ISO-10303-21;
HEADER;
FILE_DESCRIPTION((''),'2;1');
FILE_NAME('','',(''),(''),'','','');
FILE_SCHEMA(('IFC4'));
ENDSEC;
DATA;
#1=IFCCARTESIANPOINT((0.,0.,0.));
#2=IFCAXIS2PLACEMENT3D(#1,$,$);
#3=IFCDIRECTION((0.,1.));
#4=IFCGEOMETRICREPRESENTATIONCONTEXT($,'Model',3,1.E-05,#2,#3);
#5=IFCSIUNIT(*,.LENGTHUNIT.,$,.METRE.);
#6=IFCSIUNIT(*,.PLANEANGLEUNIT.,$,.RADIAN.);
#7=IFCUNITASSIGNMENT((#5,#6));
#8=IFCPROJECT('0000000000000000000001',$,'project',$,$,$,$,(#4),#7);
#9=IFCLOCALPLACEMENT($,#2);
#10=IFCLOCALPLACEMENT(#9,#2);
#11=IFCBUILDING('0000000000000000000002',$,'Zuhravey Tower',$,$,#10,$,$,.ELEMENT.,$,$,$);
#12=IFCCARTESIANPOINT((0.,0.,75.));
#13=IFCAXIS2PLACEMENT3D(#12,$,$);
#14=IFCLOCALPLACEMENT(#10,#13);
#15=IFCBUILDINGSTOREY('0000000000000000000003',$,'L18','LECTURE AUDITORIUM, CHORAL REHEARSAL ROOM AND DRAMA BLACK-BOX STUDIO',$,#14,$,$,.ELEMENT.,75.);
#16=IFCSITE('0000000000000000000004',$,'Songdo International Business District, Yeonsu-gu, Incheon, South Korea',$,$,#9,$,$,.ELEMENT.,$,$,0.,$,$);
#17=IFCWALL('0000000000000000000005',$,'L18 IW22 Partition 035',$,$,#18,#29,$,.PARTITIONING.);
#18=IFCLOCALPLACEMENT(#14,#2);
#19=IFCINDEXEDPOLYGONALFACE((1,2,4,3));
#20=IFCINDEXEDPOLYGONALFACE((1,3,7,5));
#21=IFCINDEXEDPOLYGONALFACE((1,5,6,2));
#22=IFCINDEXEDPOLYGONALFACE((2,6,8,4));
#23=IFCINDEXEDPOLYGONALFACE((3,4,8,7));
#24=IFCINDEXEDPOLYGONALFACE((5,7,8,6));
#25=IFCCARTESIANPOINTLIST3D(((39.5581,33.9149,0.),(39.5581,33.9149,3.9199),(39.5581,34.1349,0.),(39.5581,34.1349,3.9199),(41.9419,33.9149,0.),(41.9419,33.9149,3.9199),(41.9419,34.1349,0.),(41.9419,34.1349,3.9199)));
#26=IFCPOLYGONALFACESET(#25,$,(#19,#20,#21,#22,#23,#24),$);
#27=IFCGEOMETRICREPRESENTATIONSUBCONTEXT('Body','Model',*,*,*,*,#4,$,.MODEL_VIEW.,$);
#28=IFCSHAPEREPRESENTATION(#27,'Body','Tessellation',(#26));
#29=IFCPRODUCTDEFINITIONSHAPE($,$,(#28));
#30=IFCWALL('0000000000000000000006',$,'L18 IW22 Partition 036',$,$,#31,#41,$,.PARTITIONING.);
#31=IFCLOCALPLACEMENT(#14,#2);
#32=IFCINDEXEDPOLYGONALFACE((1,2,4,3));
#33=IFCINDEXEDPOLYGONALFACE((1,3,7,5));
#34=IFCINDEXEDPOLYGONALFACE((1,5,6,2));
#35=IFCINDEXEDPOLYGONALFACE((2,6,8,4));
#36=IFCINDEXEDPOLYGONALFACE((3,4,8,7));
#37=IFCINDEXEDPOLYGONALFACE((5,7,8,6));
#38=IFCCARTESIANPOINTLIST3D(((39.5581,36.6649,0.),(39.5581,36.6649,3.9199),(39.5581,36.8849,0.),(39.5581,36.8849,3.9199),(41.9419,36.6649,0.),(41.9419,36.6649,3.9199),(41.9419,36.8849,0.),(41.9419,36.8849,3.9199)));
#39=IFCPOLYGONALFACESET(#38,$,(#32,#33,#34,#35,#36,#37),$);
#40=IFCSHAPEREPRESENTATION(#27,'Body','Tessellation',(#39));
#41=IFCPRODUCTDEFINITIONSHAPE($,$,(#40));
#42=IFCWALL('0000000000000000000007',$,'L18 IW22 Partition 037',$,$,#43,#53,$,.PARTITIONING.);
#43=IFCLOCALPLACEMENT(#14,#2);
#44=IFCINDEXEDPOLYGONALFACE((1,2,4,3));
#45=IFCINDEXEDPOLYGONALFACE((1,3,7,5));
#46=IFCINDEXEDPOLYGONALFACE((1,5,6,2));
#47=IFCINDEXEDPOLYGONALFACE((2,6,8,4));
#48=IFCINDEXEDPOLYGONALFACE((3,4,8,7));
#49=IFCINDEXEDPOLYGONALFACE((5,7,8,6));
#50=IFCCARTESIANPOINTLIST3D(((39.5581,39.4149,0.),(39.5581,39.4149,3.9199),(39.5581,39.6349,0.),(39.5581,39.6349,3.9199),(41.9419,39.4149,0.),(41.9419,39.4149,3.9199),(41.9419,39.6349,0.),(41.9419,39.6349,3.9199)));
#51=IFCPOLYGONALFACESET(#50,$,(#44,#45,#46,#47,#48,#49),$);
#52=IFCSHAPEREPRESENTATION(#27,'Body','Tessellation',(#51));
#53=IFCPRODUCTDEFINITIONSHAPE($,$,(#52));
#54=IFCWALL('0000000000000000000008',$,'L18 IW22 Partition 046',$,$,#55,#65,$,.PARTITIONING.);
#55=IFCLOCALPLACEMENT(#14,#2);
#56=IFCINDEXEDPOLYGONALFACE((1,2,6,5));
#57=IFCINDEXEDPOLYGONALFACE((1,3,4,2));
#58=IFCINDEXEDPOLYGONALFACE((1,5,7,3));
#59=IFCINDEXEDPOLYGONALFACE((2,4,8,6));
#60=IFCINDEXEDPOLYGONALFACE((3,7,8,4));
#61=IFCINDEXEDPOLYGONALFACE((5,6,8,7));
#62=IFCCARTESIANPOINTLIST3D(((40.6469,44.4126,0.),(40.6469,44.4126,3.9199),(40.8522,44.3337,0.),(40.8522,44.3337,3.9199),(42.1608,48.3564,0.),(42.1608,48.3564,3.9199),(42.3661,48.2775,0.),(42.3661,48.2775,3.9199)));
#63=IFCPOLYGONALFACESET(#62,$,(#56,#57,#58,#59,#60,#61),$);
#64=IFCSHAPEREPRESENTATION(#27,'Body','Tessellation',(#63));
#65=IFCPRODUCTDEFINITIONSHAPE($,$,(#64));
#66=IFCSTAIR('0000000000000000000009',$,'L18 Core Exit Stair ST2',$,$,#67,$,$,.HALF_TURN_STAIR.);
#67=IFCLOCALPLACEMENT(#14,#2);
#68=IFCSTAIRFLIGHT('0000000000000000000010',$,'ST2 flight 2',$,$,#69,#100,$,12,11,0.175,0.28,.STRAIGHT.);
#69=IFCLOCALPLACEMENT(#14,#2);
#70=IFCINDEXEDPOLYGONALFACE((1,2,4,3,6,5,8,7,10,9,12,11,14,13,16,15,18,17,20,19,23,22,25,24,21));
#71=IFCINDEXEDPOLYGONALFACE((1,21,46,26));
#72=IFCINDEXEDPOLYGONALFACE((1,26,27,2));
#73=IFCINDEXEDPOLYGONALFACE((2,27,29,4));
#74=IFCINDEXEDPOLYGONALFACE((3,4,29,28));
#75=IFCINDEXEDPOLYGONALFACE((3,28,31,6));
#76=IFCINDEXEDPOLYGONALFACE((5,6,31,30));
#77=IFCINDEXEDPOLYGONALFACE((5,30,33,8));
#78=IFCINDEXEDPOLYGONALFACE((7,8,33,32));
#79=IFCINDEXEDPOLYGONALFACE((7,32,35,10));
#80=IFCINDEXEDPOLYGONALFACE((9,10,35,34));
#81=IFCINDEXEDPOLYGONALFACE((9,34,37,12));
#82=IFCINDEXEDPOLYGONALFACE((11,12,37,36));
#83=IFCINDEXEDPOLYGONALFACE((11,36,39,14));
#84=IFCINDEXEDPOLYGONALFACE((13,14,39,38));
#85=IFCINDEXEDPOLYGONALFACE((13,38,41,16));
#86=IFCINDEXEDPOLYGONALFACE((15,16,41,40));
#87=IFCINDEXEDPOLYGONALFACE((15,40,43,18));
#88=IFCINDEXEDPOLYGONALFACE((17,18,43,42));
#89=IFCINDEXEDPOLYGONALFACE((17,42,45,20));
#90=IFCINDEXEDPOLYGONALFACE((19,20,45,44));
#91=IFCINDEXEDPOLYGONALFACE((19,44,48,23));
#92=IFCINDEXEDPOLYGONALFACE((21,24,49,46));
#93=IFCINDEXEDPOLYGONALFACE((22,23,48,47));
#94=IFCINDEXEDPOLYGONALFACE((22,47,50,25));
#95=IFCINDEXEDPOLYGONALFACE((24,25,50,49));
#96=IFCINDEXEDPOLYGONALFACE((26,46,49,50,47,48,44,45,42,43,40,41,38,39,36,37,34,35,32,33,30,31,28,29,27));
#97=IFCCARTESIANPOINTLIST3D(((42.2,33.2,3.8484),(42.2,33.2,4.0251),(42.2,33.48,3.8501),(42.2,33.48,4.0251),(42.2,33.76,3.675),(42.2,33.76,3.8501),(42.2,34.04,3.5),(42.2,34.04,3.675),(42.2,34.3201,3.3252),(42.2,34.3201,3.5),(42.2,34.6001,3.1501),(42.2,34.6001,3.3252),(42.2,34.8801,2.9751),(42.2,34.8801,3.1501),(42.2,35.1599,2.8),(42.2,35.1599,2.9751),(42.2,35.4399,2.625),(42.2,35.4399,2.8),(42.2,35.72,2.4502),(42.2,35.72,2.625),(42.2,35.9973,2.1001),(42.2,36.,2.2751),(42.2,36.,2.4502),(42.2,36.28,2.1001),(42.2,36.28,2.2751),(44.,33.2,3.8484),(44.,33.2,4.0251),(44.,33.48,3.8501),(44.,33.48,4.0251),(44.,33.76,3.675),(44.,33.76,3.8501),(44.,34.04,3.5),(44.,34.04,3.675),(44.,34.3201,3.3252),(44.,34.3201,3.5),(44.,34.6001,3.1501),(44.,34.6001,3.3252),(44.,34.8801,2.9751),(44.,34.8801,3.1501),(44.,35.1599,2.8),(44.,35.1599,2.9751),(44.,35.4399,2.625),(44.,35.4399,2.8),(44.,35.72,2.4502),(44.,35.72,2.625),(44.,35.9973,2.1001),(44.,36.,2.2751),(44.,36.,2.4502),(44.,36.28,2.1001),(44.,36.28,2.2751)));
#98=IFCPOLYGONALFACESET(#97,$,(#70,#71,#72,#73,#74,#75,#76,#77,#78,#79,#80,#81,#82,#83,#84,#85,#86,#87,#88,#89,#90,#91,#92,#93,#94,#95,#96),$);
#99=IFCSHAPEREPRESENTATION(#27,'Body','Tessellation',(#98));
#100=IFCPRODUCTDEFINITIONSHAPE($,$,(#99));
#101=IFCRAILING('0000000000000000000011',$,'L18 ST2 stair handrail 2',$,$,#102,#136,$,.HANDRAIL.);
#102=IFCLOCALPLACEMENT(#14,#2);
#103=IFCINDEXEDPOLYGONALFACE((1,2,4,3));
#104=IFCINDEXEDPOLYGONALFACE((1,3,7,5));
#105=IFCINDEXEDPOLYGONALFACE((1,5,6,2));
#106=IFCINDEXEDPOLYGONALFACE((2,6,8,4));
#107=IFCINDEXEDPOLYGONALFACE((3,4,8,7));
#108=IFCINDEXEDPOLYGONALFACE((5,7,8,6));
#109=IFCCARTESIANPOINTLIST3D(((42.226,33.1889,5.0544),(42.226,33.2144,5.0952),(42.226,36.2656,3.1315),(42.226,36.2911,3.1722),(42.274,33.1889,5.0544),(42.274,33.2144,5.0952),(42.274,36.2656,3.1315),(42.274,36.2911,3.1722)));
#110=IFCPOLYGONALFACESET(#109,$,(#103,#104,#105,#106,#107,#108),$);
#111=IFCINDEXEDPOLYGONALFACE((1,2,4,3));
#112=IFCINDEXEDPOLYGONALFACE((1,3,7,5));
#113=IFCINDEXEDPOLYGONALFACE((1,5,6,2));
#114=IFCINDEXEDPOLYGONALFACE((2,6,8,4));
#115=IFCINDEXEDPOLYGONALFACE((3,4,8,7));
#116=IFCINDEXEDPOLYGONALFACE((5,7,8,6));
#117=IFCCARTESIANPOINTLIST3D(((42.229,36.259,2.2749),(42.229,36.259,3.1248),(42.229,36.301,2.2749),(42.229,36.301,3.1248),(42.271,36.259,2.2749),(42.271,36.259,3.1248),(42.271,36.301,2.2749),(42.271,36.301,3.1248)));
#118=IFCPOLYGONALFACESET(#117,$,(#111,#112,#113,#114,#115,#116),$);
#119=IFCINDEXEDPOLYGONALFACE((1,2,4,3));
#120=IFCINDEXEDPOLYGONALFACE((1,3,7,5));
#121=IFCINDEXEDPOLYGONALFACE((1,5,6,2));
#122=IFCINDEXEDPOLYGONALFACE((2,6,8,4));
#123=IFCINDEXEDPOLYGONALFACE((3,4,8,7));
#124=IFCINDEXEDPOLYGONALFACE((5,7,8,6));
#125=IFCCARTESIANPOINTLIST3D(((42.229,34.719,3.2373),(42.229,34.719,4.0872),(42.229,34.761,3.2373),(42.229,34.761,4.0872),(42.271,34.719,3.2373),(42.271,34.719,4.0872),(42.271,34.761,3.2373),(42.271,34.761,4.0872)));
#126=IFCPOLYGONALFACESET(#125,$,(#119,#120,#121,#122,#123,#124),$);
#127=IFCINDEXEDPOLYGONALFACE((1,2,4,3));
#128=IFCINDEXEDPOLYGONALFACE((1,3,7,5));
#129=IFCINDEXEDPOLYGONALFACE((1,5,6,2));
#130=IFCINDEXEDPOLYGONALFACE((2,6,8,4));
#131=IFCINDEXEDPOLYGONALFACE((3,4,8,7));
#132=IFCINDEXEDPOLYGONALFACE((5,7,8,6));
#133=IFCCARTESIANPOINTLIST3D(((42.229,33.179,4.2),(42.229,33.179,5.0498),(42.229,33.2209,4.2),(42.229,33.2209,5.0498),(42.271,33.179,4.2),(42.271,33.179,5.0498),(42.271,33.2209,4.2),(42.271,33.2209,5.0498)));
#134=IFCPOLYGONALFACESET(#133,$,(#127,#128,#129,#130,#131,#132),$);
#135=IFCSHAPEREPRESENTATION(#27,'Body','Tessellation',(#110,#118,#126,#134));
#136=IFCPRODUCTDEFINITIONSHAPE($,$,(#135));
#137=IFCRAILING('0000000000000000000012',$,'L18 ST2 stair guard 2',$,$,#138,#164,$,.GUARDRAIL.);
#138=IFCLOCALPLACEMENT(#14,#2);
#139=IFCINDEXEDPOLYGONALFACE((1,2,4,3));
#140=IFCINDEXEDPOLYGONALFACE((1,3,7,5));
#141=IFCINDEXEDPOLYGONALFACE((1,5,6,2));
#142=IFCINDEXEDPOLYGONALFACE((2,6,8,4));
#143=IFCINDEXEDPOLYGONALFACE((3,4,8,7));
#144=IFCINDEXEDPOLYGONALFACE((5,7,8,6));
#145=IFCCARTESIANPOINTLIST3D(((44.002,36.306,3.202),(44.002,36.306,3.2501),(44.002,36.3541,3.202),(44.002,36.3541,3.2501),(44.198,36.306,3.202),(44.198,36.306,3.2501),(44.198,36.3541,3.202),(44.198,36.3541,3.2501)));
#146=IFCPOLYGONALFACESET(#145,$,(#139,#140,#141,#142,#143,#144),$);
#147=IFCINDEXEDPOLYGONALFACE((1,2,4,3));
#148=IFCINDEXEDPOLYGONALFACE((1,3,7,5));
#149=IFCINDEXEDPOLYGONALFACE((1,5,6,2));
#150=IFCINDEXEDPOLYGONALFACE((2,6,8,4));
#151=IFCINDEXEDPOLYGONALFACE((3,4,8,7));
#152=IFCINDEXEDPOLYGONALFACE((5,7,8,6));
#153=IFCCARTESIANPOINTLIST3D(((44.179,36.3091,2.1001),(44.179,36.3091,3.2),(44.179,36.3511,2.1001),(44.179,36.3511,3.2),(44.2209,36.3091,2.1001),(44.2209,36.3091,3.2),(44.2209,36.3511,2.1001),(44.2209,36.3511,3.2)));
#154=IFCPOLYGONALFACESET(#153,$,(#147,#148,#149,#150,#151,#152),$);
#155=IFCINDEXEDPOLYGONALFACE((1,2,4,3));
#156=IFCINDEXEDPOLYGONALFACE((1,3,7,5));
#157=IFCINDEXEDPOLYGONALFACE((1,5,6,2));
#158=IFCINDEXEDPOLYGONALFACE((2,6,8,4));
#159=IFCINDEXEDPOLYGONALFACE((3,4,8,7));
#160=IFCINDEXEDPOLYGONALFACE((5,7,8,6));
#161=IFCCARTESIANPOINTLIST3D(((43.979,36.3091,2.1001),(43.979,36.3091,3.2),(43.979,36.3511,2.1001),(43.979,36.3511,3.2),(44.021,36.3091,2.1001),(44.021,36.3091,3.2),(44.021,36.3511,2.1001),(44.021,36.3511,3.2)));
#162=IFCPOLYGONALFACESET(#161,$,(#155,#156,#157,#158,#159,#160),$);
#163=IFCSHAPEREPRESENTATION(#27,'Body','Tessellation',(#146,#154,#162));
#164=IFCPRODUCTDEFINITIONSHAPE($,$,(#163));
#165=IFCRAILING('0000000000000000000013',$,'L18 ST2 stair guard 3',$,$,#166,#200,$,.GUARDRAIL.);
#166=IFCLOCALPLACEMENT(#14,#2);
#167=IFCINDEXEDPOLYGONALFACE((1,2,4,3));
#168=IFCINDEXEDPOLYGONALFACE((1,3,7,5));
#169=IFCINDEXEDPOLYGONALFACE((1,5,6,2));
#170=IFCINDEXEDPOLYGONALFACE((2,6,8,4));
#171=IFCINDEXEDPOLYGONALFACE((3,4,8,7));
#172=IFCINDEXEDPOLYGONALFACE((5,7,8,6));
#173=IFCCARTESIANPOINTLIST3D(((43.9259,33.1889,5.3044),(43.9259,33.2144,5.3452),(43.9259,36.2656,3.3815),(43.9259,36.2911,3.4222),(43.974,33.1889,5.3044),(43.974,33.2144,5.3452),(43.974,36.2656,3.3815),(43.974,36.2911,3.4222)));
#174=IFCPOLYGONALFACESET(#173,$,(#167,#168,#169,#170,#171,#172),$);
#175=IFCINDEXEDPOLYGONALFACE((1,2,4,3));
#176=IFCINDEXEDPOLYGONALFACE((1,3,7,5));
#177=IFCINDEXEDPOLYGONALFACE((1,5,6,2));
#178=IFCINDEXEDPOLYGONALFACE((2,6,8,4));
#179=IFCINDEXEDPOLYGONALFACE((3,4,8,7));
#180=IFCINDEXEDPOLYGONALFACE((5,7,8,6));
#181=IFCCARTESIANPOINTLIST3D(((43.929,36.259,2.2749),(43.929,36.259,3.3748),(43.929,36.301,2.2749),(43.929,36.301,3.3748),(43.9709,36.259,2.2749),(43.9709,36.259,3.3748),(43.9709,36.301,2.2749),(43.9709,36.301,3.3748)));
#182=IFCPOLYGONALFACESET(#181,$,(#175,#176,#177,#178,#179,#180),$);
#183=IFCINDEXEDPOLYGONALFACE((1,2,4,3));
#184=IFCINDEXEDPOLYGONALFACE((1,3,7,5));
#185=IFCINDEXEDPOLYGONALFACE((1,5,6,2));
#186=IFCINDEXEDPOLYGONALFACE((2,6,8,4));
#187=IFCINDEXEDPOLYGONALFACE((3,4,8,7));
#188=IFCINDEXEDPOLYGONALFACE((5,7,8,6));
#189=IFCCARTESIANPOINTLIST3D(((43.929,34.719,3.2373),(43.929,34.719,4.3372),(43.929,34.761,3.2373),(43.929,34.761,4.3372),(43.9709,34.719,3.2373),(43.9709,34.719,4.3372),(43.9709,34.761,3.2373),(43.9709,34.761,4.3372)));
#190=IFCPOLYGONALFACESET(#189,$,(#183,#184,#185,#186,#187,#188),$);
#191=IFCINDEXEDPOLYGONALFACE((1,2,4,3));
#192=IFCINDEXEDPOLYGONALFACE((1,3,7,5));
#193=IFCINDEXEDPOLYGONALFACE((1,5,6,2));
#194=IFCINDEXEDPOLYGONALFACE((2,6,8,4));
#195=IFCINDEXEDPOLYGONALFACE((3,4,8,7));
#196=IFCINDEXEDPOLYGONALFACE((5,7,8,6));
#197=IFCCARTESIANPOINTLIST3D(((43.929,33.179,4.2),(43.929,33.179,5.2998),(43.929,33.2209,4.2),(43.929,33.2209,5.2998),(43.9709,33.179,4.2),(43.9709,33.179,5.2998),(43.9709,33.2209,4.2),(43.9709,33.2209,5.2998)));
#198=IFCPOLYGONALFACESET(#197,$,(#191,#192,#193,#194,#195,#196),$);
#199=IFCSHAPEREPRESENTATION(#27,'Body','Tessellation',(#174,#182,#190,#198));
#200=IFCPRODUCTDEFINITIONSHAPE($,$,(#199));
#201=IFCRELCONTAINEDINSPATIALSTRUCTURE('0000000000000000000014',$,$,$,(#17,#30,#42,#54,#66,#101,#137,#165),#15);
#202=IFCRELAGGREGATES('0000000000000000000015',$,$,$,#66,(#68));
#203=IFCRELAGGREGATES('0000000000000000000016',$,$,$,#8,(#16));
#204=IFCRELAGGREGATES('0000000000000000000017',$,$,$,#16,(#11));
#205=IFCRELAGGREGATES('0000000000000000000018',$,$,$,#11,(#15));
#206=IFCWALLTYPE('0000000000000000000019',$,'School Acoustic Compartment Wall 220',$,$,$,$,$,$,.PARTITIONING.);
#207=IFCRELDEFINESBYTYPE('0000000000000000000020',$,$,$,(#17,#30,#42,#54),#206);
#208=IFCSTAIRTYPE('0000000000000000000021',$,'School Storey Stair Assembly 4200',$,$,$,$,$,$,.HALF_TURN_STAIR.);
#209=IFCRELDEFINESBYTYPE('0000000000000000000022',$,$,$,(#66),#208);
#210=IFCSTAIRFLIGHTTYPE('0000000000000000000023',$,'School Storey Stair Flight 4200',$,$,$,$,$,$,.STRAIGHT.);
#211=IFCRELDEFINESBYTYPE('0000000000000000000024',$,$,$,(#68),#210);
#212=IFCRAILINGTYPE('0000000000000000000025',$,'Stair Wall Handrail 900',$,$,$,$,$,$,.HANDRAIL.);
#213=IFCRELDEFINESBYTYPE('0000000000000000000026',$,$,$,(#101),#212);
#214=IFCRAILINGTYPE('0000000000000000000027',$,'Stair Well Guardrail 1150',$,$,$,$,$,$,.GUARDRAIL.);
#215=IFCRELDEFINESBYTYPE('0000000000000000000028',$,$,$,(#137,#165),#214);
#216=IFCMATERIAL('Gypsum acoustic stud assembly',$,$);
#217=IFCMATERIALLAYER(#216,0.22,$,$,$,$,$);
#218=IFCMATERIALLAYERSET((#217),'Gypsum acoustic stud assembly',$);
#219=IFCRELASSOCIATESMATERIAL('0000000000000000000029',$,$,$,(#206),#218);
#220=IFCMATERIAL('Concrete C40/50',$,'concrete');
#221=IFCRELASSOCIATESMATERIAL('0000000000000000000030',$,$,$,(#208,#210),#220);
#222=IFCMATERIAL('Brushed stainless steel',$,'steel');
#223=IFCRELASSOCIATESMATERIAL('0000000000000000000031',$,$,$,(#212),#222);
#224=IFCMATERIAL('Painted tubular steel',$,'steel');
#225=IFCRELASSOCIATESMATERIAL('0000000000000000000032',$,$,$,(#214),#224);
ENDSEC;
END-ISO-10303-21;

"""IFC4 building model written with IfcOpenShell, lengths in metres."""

from ifc_helpers import new_model, si_unit, direction, frame, frame_2d, origin, origin_2d, place, context, subcontext, project, spatial, polyline, rectangle, outline, extrude, material, layer, layer_set, type_object, element, aggregate, save


model = new_model("IFC4")

# Units and contexts
model_context = context("Model", 3, precision=1e-05, world=origin(), true_north=direction((0.0, 1.0)))
body_context = subcontext(model_context, "Body", "Model", "MODEL_VIEW")
ifc_project = project(units=[si_unit("LENGTHUNIT", "METRE"), si_unit("PLANEANGLEUNIT", "RADIAN")], contexts=[model_context])

# Site, building, storey
site_placement = place(None, origin())
site = spatial("IfcSite", under=ifc_project, at=site_placement, Name="Songdo International Business District, Yeonsu-gu, Incheon, South Korea", CompositionType="ELEMENT", RefElevation=0.0)
building_placement = place(site_placement, origin())
building = spatial("IfcBuilding", under=site, at=building_placement, Name="Zuhravey Tower", CompositionType="ELEMENT")
storey_placement = place(building_placement, frame((0.0, 0.0, 75.0)))
storey = spatial("IfcBuildingStorey", under=building, at=storey_placement, Name="L18", Description="LECTURE AUDITORIUM, CHORAL REHEARSAL ROOM AND DRAMA BLACK-BOX STUDIO", CompositionType="ELEMENT", Elevation=75.0)

# Walls
ifc_material_1 = material(Name="Gypsum acoustic stud assembly")
ifc_layer_1 = layer(ifc_material_1, 0.22)
ifc_layer_set_1 = layer_set([ifc_layer_1], Name="Gypsum acoustic stud assembly")
wall_type_1 = type_object("IfcWallType", Name="School Acoustic Compartment Wall 220", PredefinedType="PARTITIONING", material=ifc_layer_set_1)
for number, where, z_axis, x_axis, name in (
    (1, (39.5581, 34.0249, 0.0), (0.0, 0.0, 1.0), (1.0, 0.0, 0.0), "L18 IW22 Partition 035"),
    (2, (39.5581, 36.7749, 0.0), (0.0, 0.0, 1.0), (1.0, 0.0, 0.0), "L18 IW22 Partition 036"),
    (3, (39.5581, 39.5249, 0.0), (0.0, 0.0, 1.0), (1.0, 0.0, 0.0), "L18 IW22 Partition 037"),
):
    element("IfcWall", number, at=place(storey_placement, frame(where, z_axis=z_axis, x_axis=x_axis)), inside=storey, type_object=wall_type_1, Name=name, PredefinedType="PARTITIONING", context=body_context, shape_type="SweptSolid", body=[
        extrude(rectangle(XDim=2.3838, YDim=0.22, at=frame_2d((1.1919, 0.0))), origin(), (0.0, 0.0, 1.0), 3.9199),
    ])
wall_1_placement = place(storey_placement, frame((40.7495, 44.373, 0.0), z_axis=(0.0, 0.0, 1.0), x_axis=(0.358371, 0.933579, 0.0)))
element("IfcWall", 4, at=wall_1_placement, inside=storey, type_object=wall_type_1, Name="L18 IW22 Partition 046", PredefinedType="PARTITIONING", context=body_context, shape_type="SweptSolid", body=[
    extrude(rectangle(XDim=4.2244, YDim=0.22, at=frame_2d((2.1123, 0.0))), origin(), (0.0, 0.0, 1.0), 3.9199),
])

# Stair, stair flight
ifc_material_2 = material(Name="Concrete C40/50", Category="concrete")
stair_type = type_object("IfcStairType", Name="School Storey Stair Assembly 4200", PredefinedType="HALF_TURN_STAIR", material=ifc_material_2)
stair_placement = place(storey_placement, origin())
stair = element("IfcStair", 5, at=stair_placement, inside=storey, type_object=stair_type, Name="L18 Core Exit Stair ST2", PredefinedType="HALF_TURN_STAIR")
stair_flight_type = type_object("IfcStairFlightType", Name="School Storey Stair Flight 4200", PredefinedType="STRAIGHT", material=ifc_material_2)
stair_flight_placement = place(storey_placement, frame((43.1001, 36.28, 2.1001), z_axis=(0.0, 0.0, 1.0), x_axis=(0.0, -1.0, 0.0)))
stair_flight = element("IfcStairFlight", 6, at=stair_flight_placement, type_object=stair_flight_type, Name="ST2 flight 2", NumberOfRisers=12, NumberOfTreads=11, PredefinedType="STRAIGHT", RiserHeight=0.175, TreadLength=0.28, context=body_context, shape_type="SweptSolid", body=[
    extrude(outline(polyline([(0.0, 0.0), (0.0, 0.175), (0.28, 0.175), (0.28, 0.3501), (0.5601, 0.3501), (0.5601, 0.5249), (0.8401, 0.5249), (0.8401, 0.7), (1.1201, 0.7), (1.1201, 0.875), (1.3999, 0.875), (1.3999, 1.05), (1.6799, 1.05), (1.6799, 1.2251), (1.96, 1.2251), (1.96, 1.3999), (2.24, 1.3999), (2.24, 1.575), (2.52, 1.575), (2.52, 1.75), (2.8, 1.75), (2.8, 1.925), (3.0801, 1.925), (3.0801, 2.1001), (3.0801, 1.7483), (0.2827, 0.0), (0.0, 0.0)])), frame((0.0, 0.8999, 0.0), z_axis=(0.0, -1.0, 0.0), x_axis=(1.0, 0.0, 0.0)), (0.0, 0.0, 1.0), 1.8),
])
aggregate(stair, [stair_flight])

# Railings
ifc_material_3 = material(Name="Brushed stainless steel", Category="steel")
railing_type_1 = type_object("IfcRailingType", Name="Stair Wall Handrail 900", PredefinedType="HANDRAIL", material=ifc_material_3)
railing_1_placement = place(storey_placement, frame((42.25, 36.28, 2.2749)))
element("IfcRailing", 7, at=railing_1_placement, inside=storey, type_object=railing_type_1, Name="L18 ST2 stair handrail 2", PredefinedType="HANDRAIL", context=body_context, shape_type="SweptSolid", body=[
    extrude(rectangle(XDim=0.0481, YDim=0.0481, at=origin_2d()), frame((0.0, -0.0017, 0.877), z_axis=(0.0, -0.847998, 0.529999), x_axis=(1.0, 0.0, 0.0)), (0.0, 0.0, 1.0), 3.6282),
    extrude(rectangle(XDim=0.042, YDim=0.042, at=origin_2d()), origin(), (0.0, 0.0, 1.0), 0.8499),
    extrude(rectangle(XDim=0.042, YDim=0.042, at=origin_2d()), frame((0.0, -1.54, 0.9624)), (0.0, 0.0, 1.0), 0.8499),
    extrude(rectangle(XDim=0.042, YDim=0.042, at=origin_2d()), frame((0.0, -3.0801, 1.925)), (0.0, 0.0, 1.0), 0.8499),
])
ifc_material_4 = material(Name="Painted tubular steel", Category="steel")
railing_type_2 = type_object("IfcRailingType", Name="Stair Well Guardrail 1150", PredefinedType="GUARDRAIL", material=ifc_material_4)
railing_2_placement = place(storey_placement, frame((44.2, 36.3301, 2.1001)))
element("IfcRailing", 8, at=railing_2_placement, inside=storey, type_object=railing_type_2, Name="L18 ST2 stair guard 2", PredefinedType="GUARDRAIL", context=body_context, shape_type="SweptSolid", body=[
    extrude(rectangle(XDim=0.0481, YDim=0.0481, at=origin_2d()), frame((-0.002, 0.0, 1.126), z_axis=(-1.0, 0.0, 0.0), x_axis=(0.0, -1.0, 0.0)), (0.0, 0.0, 1.0), 0.196),
    extrude(rectangle(XDim=0.042, YDim=0.042, at=origin_2d()), origin(), (0.0, 0.0, 1.0), 1.0999),
    extrude(rectangle(XDim=0.042, YDim=0.042, at=origin_2d()), frame((-0.2, 0.0, 0.0)), (0.0, 0.0, 1.0), 1.0999),
])
railing_3_placement = place(storey_placement, frame((43.95, 36.28, 2.2749)))
element("IfcRailing", 9, at=railing_3_placement, inside=storey, type_object=railing_type_2, Name="L18 ST2 stair guard 3", PredefinedType="GUARDRAIL", context=body_context, shape_type="SweptSolid", body=[
    extrude(rectangle(XDim=0.0481, YDim=0.0481, at=origin_2d()), frame((0.0, -0.0017, 1.127), z_axis=(0.0, -0.847998, 0.529999), x_axis=(1.0, 0.0, 0.0)), (0.0, 0.0, 1.0), 3.6282),
    extrude(rectangle(XDim=0.042, YDim=0.042, at=origin_2d()), origin(), (0.0, 0.0, 1.0), 1.0999),
    extrude(rectangle(XDim=0.042, YDim=0.042, at=origin_2d()), frame((0.0, -1.54, 0.9624)), (0.0, 0.0, 1.0), 1.0999),
    extrude(rectangle(XDim=0.042, YDim=0.042, at=origin_2d()), frame((0.0, -3.0801, 1.925)), (0.0, 0.0, 1.0), 1.0999),
])

save(model, "model.ifc")
